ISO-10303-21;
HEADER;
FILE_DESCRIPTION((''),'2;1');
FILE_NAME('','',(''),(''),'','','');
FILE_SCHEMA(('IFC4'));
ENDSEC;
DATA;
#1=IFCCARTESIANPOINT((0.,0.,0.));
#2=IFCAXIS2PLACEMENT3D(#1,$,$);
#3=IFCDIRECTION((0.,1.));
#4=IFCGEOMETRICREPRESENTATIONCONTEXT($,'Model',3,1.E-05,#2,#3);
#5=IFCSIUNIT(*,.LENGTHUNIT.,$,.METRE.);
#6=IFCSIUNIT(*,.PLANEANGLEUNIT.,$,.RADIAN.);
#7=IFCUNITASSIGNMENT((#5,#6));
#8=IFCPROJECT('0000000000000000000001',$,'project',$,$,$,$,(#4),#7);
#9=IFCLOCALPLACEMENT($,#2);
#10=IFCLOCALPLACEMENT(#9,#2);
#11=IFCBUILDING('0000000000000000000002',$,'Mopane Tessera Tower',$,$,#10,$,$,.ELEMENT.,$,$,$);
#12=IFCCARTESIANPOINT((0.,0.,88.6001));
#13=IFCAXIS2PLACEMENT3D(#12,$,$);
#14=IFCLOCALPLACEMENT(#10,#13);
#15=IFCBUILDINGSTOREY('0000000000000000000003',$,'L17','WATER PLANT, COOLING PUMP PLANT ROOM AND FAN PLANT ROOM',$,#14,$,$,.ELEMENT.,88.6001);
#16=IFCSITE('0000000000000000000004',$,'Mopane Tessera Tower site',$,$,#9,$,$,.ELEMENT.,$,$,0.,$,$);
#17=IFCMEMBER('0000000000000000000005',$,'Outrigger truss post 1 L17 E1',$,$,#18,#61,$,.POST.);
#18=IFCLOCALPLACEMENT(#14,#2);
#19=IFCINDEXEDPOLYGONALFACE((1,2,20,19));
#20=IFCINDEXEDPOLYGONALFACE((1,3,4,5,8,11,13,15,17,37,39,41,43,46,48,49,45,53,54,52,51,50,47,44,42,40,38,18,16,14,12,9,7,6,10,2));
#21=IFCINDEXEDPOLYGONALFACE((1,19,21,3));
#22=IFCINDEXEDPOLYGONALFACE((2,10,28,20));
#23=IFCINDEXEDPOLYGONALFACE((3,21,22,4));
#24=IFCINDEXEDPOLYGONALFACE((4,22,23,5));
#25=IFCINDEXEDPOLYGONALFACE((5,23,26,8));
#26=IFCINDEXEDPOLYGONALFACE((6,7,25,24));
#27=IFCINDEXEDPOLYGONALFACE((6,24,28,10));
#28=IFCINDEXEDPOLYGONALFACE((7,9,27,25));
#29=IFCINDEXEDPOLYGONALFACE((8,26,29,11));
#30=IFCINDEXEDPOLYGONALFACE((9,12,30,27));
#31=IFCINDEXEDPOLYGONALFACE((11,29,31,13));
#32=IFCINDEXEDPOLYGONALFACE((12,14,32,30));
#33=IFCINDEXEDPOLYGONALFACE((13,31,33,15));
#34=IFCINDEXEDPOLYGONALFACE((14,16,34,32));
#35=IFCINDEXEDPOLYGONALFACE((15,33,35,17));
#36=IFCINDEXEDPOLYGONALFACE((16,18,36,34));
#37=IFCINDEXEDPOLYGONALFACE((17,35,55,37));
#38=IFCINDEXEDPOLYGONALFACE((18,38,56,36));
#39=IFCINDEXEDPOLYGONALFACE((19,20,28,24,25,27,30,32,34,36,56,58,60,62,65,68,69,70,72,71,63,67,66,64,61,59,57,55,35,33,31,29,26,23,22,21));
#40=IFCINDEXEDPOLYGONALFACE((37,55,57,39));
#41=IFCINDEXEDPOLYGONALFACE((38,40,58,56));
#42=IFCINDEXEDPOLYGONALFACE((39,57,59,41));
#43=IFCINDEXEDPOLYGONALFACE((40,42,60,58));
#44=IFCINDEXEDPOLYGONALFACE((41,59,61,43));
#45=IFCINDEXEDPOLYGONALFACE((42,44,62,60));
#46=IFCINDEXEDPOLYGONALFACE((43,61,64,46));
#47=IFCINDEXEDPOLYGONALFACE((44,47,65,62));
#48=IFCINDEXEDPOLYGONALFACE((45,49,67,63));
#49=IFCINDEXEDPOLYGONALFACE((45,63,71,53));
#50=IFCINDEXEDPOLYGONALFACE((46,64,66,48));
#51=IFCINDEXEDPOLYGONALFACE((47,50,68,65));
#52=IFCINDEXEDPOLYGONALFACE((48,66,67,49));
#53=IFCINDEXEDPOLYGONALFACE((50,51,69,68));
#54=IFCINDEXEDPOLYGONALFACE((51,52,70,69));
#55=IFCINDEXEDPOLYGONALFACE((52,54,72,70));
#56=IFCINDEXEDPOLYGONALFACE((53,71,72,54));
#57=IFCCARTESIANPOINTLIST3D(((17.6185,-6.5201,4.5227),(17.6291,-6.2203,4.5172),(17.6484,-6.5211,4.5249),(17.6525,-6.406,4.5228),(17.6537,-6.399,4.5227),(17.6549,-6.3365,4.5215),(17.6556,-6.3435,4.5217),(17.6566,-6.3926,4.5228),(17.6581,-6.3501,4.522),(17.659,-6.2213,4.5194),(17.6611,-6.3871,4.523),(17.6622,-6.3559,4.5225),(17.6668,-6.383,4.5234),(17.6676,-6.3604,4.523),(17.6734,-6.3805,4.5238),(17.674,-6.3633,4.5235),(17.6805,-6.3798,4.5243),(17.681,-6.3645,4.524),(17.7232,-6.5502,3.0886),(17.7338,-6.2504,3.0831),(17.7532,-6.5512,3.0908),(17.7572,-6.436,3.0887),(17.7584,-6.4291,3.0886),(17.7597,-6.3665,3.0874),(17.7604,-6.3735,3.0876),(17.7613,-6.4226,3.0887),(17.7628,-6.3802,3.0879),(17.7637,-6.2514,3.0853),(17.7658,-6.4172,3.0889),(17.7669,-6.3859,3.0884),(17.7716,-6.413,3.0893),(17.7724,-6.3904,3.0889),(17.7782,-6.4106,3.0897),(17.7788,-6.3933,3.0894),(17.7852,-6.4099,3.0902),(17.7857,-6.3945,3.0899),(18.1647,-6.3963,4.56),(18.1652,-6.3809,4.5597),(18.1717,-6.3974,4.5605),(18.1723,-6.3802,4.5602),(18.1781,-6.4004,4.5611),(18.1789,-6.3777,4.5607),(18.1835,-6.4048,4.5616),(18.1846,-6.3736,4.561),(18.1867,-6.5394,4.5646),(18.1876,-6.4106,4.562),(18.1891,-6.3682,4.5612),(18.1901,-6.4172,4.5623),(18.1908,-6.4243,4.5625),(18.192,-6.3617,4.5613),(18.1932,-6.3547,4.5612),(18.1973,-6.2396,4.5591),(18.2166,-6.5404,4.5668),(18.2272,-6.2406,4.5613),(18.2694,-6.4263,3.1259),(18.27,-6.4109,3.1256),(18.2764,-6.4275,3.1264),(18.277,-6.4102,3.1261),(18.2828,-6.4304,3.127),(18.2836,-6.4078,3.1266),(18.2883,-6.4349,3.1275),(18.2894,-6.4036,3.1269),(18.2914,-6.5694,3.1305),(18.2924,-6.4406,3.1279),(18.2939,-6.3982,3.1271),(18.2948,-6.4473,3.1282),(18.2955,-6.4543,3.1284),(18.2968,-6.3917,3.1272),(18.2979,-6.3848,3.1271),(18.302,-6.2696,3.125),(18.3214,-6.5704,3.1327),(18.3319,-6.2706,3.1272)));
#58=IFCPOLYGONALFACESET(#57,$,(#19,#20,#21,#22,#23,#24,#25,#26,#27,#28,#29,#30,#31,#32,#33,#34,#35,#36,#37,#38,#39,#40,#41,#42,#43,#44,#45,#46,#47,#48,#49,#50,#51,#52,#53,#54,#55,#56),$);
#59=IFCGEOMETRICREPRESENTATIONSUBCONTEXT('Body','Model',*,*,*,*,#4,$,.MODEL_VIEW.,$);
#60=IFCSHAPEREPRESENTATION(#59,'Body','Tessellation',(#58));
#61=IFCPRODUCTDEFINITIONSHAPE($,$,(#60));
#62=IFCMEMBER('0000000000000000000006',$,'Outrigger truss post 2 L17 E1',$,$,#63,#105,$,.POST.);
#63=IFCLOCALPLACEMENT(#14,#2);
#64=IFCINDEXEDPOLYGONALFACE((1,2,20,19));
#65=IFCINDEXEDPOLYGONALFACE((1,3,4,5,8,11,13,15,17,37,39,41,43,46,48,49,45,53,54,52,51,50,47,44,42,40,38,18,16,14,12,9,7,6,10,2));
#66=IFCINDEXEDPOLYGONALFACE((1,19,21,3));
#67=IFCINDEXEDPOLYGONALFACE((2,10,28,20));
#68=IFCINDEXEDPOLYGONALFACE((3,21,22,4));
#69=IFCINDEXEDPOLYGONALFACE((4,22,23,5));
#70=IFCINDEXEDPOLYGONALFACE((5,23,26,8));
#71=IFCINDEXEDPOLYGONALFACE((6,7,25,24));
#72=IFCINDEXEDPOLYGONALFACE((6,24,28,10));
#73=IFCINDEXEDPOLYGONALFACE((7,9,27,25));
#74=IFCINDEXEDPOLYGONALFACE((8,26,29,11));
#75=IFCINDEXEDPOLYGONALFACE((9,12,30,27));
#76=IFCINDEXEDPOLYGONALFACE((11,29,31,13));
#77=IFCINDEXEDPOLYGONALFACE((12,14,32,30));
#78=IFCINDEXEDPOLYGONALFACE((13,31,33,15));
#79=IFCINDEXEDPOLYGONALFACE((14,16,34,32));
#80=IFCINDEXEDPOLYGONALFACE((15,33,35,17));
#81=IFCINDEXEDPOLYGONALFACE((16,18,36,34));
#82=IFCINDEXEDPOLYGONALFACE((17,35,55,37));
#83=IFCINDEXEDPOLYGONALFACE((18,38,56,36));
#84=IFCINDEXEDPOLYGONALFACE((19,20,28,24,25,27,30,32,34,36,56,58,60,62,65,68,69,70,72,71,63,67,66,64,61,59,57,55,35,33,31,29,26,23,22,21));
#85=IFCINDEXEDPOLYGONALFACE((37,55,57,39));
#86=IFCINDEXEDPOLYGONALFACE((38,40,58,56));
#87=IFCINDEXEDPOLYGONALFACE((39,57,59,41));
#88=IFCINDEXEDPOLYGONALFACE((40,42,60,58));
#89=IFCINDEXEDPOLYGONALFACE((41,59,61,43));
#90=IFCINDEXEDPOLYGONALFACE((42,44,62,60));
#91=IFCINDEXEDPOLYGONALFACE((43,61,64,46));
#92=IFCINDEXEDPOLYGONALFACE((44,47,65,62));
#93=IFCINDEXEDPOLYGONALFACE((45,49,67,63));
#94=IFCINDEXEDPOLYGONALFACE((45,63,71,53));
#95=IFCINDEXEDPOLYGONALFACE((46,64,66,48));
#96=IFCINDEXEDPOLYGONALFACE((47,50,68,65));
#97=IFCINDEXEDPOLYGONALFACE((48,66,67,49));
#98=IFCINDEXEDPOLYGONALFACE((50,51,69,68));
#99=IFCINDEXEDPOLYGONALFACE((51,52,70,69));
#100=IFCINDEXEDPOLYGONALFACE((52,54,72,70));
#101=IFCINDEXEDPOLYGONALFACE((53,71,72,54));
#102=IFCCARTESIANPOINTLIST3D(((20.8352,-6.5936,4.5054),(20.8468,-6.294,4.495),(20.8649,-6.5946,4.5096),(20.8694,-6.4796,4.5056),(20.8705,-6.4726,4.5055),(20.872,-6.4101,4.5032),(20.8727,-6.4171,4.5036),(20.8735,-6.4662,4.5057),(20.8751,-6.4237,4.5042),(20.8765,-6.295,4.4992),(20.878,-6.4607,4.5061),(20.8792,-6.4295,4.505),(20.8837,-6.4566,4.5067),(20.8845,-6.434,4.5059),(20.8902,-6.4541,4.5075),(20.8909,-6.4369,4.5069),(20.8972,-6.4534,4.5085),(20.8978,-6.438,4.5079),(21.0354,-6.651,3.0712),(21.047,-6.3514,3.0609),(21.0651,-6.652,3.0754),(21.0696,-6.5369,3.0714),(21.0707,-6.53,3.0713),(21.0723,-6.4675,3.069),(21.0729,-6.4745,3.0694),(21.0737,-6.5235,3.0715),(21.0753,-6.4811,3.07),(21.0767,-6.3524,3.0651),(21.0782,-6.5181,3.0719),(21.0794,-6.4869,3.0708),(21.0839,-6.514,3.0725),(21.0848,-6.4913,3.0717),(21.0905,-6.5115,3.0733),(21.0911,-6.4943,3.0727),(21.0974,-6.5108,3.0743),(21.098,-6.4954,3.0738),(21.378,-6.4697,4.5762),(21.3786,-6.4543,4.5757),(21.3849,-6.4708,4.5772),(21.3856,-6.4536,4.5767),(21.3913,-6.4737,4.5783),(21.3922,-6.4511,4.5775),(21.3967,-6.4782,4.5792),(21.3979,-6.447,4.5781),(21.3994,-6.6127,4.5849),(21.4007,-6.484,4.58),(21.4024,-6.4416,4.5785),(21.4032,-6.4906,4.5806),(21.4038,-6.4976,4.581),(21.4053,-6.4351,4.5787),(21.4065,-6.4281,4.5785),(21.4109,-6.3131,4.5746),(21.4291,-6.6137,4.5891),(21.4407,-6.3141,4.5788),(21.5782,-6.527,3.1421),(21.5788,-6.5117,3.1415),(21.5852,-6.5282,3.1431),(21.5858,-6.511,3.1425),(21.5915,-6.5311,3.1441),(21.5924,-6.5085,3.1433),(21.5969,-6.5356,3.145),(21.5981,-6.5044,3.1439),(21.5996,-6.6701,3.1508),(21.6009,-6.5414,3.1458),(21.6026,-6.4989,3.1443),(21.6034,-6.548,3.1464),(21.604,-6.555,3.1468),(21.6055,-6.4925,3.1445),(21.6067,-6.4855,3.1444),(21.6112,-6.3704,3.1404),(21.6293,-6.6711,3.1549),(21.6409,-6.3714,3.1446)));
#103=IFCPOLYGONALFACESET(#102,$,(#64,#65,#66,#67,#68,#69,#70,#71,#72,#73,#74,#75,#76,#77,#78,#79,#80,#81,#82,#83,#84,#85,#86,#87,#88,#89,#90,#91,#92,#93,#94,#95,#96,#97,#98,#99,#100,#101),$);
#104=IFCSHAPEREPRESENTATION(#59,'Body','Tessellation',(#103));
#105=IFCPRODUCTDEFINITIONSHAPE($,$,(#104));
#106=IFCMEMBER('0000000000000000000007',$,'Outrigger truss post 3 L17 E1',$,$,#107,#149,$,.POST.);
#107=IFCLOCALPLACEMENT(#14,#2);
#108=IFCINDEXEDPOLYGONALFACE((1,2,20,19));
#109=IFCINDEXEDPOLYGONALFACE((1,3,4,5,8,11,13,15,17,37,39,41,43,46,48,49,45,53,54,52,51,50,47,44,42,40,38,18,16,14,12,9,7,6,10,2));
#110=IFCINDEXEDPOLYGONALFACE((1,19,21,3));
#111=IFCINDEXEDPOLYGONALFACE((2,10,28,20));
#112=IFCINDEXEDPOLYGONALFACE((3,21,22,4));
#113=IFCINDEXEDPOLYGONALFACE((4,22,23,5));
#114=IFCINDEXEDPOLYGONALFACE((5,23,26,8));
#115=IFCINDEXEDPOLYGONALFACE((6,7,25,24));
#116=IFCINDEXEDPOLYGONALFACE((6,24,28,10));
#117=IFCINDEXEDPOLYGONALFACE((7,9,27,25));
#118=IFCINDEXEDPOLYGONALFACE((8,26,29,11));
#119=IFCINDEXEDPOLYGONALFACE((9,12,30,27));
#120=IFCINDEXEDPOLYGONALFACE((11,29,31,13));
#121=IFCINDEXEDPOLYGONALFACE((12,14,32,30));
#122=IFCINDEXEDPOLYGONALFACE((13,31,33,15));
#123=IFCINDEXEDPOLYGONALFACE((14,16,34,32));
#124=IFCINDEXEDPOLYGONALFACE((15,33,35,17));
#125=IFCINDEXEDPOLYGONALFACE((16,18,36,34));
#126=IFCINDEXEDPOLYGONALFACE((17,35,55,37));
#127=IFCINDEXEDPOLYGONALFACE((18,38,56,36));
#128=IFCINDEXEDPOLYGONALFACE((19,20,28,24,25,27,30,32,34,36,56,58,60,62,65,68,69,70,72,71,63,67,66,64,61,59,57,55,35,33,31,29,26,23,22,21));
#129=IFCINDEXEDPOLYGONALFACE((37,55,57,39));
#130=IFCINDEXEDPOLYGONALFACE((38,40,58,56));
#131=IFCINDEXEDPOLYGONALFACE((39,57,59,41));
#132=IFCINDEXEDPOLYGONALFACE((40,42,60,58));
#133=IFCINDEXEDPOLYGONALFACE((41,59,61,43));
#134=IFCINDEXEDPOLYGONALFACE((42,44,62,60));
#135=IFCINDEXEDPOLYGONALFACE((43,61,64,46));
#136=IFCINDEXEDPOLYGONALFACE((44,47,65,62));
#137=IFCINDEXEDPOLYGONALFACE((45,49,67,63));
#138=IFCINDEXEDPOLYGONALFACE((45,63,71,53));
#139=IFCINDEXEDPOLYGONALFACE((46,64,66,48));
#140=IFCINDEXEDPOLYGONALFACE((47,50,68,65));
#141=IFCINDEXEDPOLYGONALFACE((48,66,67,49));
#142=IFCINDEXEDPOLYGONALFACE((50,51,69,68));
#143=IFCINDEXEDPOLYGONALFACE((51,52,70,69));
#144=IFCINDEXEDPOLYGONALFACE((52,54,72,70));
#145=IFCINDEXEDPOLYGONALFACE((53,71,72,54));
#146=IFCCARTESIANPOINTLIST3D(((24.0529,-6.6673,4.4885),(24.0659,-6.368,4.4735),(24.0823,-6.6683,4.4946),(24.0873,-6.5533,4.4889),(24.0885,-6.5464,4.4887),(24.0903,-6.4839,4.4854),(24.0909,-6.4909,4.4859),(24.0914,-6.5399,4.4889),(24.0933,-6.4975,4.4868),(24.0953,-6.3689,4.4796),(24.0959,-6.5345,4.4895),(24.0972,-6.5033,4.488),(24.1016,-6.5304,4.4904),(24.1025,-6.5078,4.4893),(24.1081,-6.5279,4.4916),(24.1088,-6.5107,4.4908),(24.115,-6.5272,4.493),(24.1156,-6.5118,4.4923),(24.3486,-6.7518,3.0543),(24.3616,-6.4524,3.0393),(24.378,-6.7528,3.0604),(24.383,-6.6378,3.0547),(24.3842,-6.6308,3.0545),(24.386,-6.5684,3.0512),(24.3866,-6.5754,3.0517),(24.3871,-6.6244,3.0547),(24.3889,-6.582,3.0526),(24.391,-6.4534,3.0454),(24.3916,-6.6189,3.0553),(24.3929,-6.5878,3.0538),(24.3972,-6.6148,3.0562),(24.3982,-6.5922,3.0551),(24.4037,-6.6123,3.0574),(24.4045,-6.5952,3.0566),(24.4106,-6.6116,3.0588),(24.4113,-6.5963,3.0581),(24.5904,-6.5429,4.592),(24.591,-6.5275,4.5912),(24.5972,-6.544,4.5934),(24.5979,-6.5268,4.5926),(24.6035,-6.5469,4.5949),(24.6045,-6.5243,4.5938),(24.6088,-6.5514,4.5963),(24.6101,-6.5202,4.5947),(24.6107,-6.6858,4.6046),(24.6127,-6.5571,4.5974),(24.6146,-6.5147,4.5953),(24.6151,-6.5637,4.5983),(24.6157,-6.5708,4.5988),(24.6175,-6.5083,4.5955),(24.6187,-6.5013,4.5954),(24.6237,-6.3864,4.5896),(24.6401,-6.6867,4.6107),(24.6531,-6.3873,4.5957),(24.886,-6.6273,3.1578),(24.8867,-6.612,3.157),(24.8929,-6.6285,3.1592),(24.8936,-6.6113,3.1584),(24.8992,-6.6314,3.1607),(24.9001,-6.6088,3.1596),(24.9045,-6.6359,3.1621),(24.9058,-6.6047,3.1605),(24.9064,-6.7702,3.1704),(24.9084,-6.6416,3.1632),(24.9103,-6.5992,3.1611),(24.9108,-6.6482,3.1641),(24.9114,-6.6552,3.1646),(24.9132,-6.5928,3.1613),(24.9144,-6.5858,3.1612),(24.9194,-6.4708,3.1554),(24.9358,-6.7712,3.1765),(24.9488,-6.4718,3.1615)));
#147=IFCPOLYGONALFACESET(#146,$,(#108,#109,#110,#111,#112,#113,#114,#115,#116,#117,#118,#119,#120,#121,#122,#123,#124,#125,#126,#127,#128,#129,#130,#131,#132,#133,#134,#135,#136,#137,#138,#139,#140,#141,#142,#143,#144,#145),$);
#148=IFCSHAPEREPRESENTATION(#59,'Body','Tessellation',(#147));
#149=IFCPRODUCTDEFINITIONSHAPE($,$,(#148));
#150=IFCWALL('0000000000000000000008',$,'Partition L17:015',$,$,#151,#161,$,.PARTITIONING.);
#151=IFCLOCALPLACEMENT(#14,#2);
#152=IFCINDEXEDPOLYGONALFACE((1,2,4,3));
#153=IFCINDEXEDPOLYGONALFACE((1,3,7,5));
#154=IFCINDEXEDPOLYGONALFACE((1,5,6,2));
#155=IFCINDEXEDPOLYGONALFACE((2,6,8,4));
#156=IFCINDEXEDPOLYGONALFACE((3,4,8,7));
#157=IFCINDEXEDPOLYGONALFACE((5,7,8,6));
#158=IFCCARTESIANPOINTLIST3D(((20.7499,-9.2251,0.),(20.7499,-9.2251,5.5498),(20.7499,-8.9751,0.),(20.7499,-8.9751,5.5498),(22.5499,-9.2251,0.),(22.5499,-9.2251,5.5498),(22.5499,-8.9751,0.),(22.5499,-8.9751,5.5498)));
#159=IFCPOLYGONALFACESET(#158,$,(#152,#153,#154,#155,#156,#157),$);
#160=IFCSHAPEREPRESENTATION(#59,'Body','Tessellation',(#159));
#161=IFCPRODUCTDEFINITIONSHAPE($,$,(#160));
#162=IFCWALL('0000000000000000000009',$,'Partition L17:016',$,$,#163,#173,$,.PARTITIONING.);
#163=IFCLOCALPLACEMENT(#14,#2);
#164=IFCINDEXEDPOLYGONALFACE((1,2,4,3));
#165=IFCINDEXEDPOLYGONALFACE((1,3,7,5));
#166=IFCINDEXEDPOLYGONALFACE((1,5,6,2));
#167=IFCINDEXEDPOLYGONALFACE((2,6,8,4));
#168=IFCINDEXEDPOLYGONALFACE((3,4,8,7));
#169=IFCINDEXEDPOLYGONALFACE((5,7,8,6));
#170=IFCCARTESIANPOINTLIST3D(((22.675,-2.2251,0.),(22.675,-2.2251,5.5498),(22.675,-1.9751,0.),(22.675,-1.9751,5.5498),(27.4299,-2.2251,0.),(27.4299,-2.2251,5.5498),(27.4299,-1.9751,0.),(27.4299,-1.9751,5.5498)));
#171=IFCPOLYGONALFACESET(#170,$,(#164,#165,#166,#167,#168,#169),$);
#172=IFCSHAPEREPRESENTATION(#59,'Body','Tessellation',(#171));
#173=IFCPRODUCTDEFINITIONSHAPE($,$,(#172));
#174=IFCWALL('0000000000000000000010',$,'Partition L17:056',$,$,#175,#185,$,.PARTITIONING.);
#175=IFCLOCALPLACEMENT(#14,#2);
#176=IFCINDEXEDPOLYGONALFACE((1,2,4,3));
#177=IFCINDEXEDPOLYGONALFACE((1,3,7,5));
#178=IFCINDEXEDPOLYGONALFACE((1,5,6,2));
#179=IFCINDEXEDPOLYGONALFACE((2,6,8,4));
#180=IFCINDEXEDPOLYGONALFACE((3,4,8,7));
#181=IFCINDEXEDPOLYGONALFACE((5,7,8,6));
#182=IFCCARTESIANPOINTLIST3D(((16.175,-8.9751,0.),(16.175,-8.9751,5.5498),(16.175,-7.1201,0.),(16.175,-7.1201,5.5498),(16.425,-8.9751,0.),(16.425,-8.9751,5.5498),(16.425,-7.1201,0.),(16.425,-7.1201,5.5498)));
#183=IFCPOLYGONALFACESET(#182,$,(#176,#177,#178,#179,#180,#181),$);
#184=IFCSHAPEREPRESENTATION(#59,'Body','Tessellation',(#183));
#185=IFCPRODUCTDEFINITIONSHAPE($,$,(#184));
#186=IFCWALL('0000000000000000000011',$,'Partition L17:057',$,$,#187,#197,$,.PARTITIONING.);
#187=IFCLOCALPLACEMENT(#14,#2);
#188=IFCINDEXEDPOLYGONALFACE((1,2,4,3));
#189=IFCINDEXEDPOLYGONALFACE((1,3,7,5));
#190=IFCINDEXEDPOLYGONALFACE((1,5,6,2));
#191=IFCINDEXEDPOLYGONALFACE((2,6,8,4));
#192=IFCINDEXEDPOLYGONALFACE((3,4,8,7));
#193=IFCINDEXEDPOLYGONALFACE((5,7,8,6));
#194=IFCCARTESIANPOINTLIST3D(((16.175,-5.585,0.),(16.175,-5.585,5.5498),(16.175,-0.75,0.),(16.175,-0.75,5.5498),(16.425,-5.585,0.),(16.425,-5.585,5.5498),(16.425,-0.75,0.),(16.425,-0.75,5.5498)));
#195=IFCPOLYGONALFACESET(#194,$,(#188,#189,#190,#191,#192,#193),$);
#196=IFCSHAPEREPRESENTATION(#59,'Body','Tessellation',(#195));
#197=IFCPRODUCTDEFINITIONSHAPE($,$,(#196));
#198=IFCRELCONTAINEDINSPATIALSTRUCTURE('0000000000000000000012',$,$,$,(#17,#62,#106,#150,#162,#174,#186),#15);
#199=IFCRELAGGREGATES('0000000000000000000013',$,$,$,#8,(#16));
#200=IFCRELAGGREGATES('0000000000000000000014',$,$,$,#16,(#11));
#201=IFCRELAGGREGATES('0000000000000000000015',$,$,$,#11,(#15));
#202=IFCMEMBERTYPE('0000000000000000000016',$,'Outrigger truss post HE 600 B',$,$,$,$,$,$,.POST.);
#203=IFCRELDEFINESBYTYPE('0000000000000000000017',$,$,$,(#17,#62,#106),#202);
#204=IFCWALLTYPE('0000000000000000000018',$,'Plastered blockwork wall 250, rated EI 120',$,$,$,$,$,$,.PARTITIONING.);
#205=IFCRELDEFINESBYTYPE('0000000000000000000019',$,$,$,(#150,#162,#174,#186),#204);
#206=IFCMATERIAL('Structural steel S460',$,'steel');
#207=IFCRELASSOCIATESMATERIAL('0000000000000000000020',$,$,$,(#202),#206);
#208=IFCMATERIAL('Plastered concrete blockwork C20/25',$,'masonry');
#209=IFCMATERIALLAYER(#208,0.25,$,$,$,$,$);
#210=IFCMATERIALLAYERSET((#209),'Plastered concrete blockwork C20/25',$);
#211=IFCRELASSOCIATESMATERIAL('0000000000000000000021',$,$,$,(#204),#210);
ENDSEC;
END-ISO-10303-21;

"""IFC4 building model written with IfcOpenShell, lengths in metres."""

from ifc_helpers import new_model, si_unit, direction, frame, frame_2d, origin, origin_2d, place, context, subcontext, project, spatial, rectangle, i_section, extrude, material, layer, layer_set, material_profile, profile_set, type_object, element, save


model = new_model("IFC4")

# Units and contexts
model_context = context("Model", 3, precision=1e-05, world=origin(), true_north=direction((0.0, 1.0)))
body_context = subcontext(model_context, "Body", "Model", "MODEL_VIEW")
ifc_project = project(units=[si_unit("LENGTHUNIT", "METRE"), si_unit("PLANEANGLEUNIT", "RADIAN")], contexts=[model_context])

# Site, building, storey
site_placement = place(None, origin())
site = spatial("IfcSite", under=ifc_project, at=site_placement, Name="Mopane Tessera Tower site", CompositionType="ELEMENT", RefElevation=0.0)
building_placement = place(site_placement, origin())
building = spatial("IfcBuilding", under=site, at=building_placement, Name="Mopane Tessera Tower", CompositionType="ELEMENT")
storey_placement = place(building_placement, frame((0.0, 0.0, 88.6001)))
storey = spatial("IfcBuildingStorey", under=building, at=storey_placement, Name="L17", Description="WATER PLANT, COOLING PUMP PLANT ROOM AND FAN PLANT ROOM", CompositionType="ELEMENT", Elevation=88.6001)

# Members
ifc_material_1 = material(Name="Structural steel S460", Category="steel")
ifc_material_profile_1 = material_profile(ifc_material_1, i_section(OverallWidth=0.3, OverallDepth=0.6001, WebThickness=0.0154, FlangeThickness=0.03, FilletRadius=0.0271, at=origin_2d()))
ifc_profile_set_1 = profile_set([ifc_material_profile_1], Name="Structural steel S460")
member_type_1 = type_object("IfcMemberType", Name="Outrigger truss post HE 600 B", PredefinedType="POST", material=ifc_profile_set_1)
member_1_placement = place(storey_placement, frame((18.0276, -6.4104, 3.1079), z_axis=(-0.072824, 0.02088, 0.997126), x_axis=(0.03524, 0.99921, -0.018349)))
element("IfcMember", 1, at=member_1_placement, inside=storey, type_object=member_type_1, Name="Outrigger truss post 1 L17 E1", PredefinedType="POST", context=body_context, shape_type="SweptSolid", body=[
    extrude(i_section(OverallWidth=0.3, OverallDepth=0.6001, WebThickness=0.0154, FlangeThickness=0.03, FilletRadius=0.0271, at=origin_2d()), origin(), (0.0, 0.0, 1.0), 1.4382),
])
member_2_placement = place(storey_placement, frame((21.3381, -6.5112, 3.1079), z_axis=(-0.138149, 0.039592, 0.98962), x_axis=(0.038622, 0.998656, -0.034561)))
element("IfcMember", 2, at=member_2_placement, inside=storey, type_object=member_type_1, Name="Outrigger truss post 2 L17 E1", PredefinedType="POST", context=body_context, shape_type="SweptSolid", body=[
    extrude(i_section(OverallWidth=0.3, OverallDepth=0.6001, WebThickness=0.0154, FlangeThickness=0.03, FilletRadius=0.0271, at=origin_2d()), origin(), (0.0, 0.0, 1.0), 1.4492),
])
member_3_placement = place(storey_placement, frame((24.6487, -6.6118, 3.1079), z_axis=(-0.201581, 0.057595, 0.977777), x_axis=(0.043297, 0.997818, -0.049849)))
element("IfcMember", 3, at=member_3_placement, inside=storey, type_object=member_type_1, Name="Outrigger truss post 3 L17 E1", PredefinedType="POST", context=body_context, shape_type="SweptSolid", body=[
    extrude(i_section(OverallWidth=0.3, OverallDepth=0.6001, WebThickness=0.0154, FlangeThickness=0.03, FilletRadius=0.0271, at=origin_2d()), origin(), (0.0, 0.0, 1.0), 1.4668),
])

# Walls
ifc_material_2 = material(Name="Plastered concrete blockwork C20/25", Category="masonry")
ifc_layer_1 = layer(ifc_material_2, 0.25)
ifc_layer_set_1 = layer_set([ifc_layer_1], Name="Plastered concrete blockwork C20/25")
wall_type = type_object("IfcWallType", Name="Plastered blockwork wall 250, rated EI 120", PredefinedType="PARTITIONING", material=ifc_layer_set_1)
wall_1_placement = place(storey_placement, frame((20.75, -9.1001, 0.0), z_axis=(0.0, 0.0, 1.0), x_axis=(1.0, 0.0, 0.0)))
element("IfcWall", 4, at=wall_1_placement, inside=storey, type_object=wall_type, Name="Partition L17:015", PredefinedType="PARTITIONING", context=body_context, shape_type="SweptSolid", body=[
    extrude(rectangle(XDim=1.8, YDim=0.25, at=frame_2d((0.8999, 0.0))), origin(), (0.0, 0.0, 1.0), 5.5498),
])
wall_2_placement = place(storey_placement, frame((22.675, -2.1001, 0.0), z_axis=(0.0, 0.0, 1.0), x_axis=(1.0, 0.0, 0.0)))
element("IfcWall", 5, at=wall_2_placement, inside=storey, type_object=wall_type, Name="Partition L17:016", PredefinedType="PARTITIONING", context=body_context, shape_type="SweptSolid", body=[
    extrude(rectangle(XDim=4.7549, YDim=0.25, at=frame_2d((2.3774, 0.0))), origin(), (0.0, 0.0, 1.0), 5.5498),
])
wall_3_placement = place(storey_placement, frame((16.3, -8.9751, 0.0), z_axis=(0.0, 0.0, 1.0), x_axis=(0.0, 1.0, 0.0)))
element("IfcWall", 6, at=wall_3_placement, inside=storey, type_object=wall_type, Name="Partition L17:056", PredefinedType="PARTITIONING", context=body_context, shape_type="SweptSolid", body=[
    extrude(rectangle(XDim=1.855, YDim=0.25, at=frame_2d((0.9275, 0.0))), origin(), (0.0, 0.0, 1.0), 5.5498),
])
wall_4_placement = place(storey_placement, frame((16.3, -5.585, 0.0), z_axis=(0.0, 0.0, 1.0), x_axis=(0.0, 1.0, 0.0)))
element("IfcWall", 7, at=wall_4_placement, inside=storey, type_object=wall_type, Name="Partition L17:057", PredefinedType="PARTITIONING", context=body_context, shape_type="SweptSolid", body=[
    extrude(rectangle(XDim=4.835, YDim=0.25, at=frame_2d((2.4175, 0.0))), origin(), (0.0, 0.0, 1.0), 5.5498),
])

save(model, "model.ifc")
